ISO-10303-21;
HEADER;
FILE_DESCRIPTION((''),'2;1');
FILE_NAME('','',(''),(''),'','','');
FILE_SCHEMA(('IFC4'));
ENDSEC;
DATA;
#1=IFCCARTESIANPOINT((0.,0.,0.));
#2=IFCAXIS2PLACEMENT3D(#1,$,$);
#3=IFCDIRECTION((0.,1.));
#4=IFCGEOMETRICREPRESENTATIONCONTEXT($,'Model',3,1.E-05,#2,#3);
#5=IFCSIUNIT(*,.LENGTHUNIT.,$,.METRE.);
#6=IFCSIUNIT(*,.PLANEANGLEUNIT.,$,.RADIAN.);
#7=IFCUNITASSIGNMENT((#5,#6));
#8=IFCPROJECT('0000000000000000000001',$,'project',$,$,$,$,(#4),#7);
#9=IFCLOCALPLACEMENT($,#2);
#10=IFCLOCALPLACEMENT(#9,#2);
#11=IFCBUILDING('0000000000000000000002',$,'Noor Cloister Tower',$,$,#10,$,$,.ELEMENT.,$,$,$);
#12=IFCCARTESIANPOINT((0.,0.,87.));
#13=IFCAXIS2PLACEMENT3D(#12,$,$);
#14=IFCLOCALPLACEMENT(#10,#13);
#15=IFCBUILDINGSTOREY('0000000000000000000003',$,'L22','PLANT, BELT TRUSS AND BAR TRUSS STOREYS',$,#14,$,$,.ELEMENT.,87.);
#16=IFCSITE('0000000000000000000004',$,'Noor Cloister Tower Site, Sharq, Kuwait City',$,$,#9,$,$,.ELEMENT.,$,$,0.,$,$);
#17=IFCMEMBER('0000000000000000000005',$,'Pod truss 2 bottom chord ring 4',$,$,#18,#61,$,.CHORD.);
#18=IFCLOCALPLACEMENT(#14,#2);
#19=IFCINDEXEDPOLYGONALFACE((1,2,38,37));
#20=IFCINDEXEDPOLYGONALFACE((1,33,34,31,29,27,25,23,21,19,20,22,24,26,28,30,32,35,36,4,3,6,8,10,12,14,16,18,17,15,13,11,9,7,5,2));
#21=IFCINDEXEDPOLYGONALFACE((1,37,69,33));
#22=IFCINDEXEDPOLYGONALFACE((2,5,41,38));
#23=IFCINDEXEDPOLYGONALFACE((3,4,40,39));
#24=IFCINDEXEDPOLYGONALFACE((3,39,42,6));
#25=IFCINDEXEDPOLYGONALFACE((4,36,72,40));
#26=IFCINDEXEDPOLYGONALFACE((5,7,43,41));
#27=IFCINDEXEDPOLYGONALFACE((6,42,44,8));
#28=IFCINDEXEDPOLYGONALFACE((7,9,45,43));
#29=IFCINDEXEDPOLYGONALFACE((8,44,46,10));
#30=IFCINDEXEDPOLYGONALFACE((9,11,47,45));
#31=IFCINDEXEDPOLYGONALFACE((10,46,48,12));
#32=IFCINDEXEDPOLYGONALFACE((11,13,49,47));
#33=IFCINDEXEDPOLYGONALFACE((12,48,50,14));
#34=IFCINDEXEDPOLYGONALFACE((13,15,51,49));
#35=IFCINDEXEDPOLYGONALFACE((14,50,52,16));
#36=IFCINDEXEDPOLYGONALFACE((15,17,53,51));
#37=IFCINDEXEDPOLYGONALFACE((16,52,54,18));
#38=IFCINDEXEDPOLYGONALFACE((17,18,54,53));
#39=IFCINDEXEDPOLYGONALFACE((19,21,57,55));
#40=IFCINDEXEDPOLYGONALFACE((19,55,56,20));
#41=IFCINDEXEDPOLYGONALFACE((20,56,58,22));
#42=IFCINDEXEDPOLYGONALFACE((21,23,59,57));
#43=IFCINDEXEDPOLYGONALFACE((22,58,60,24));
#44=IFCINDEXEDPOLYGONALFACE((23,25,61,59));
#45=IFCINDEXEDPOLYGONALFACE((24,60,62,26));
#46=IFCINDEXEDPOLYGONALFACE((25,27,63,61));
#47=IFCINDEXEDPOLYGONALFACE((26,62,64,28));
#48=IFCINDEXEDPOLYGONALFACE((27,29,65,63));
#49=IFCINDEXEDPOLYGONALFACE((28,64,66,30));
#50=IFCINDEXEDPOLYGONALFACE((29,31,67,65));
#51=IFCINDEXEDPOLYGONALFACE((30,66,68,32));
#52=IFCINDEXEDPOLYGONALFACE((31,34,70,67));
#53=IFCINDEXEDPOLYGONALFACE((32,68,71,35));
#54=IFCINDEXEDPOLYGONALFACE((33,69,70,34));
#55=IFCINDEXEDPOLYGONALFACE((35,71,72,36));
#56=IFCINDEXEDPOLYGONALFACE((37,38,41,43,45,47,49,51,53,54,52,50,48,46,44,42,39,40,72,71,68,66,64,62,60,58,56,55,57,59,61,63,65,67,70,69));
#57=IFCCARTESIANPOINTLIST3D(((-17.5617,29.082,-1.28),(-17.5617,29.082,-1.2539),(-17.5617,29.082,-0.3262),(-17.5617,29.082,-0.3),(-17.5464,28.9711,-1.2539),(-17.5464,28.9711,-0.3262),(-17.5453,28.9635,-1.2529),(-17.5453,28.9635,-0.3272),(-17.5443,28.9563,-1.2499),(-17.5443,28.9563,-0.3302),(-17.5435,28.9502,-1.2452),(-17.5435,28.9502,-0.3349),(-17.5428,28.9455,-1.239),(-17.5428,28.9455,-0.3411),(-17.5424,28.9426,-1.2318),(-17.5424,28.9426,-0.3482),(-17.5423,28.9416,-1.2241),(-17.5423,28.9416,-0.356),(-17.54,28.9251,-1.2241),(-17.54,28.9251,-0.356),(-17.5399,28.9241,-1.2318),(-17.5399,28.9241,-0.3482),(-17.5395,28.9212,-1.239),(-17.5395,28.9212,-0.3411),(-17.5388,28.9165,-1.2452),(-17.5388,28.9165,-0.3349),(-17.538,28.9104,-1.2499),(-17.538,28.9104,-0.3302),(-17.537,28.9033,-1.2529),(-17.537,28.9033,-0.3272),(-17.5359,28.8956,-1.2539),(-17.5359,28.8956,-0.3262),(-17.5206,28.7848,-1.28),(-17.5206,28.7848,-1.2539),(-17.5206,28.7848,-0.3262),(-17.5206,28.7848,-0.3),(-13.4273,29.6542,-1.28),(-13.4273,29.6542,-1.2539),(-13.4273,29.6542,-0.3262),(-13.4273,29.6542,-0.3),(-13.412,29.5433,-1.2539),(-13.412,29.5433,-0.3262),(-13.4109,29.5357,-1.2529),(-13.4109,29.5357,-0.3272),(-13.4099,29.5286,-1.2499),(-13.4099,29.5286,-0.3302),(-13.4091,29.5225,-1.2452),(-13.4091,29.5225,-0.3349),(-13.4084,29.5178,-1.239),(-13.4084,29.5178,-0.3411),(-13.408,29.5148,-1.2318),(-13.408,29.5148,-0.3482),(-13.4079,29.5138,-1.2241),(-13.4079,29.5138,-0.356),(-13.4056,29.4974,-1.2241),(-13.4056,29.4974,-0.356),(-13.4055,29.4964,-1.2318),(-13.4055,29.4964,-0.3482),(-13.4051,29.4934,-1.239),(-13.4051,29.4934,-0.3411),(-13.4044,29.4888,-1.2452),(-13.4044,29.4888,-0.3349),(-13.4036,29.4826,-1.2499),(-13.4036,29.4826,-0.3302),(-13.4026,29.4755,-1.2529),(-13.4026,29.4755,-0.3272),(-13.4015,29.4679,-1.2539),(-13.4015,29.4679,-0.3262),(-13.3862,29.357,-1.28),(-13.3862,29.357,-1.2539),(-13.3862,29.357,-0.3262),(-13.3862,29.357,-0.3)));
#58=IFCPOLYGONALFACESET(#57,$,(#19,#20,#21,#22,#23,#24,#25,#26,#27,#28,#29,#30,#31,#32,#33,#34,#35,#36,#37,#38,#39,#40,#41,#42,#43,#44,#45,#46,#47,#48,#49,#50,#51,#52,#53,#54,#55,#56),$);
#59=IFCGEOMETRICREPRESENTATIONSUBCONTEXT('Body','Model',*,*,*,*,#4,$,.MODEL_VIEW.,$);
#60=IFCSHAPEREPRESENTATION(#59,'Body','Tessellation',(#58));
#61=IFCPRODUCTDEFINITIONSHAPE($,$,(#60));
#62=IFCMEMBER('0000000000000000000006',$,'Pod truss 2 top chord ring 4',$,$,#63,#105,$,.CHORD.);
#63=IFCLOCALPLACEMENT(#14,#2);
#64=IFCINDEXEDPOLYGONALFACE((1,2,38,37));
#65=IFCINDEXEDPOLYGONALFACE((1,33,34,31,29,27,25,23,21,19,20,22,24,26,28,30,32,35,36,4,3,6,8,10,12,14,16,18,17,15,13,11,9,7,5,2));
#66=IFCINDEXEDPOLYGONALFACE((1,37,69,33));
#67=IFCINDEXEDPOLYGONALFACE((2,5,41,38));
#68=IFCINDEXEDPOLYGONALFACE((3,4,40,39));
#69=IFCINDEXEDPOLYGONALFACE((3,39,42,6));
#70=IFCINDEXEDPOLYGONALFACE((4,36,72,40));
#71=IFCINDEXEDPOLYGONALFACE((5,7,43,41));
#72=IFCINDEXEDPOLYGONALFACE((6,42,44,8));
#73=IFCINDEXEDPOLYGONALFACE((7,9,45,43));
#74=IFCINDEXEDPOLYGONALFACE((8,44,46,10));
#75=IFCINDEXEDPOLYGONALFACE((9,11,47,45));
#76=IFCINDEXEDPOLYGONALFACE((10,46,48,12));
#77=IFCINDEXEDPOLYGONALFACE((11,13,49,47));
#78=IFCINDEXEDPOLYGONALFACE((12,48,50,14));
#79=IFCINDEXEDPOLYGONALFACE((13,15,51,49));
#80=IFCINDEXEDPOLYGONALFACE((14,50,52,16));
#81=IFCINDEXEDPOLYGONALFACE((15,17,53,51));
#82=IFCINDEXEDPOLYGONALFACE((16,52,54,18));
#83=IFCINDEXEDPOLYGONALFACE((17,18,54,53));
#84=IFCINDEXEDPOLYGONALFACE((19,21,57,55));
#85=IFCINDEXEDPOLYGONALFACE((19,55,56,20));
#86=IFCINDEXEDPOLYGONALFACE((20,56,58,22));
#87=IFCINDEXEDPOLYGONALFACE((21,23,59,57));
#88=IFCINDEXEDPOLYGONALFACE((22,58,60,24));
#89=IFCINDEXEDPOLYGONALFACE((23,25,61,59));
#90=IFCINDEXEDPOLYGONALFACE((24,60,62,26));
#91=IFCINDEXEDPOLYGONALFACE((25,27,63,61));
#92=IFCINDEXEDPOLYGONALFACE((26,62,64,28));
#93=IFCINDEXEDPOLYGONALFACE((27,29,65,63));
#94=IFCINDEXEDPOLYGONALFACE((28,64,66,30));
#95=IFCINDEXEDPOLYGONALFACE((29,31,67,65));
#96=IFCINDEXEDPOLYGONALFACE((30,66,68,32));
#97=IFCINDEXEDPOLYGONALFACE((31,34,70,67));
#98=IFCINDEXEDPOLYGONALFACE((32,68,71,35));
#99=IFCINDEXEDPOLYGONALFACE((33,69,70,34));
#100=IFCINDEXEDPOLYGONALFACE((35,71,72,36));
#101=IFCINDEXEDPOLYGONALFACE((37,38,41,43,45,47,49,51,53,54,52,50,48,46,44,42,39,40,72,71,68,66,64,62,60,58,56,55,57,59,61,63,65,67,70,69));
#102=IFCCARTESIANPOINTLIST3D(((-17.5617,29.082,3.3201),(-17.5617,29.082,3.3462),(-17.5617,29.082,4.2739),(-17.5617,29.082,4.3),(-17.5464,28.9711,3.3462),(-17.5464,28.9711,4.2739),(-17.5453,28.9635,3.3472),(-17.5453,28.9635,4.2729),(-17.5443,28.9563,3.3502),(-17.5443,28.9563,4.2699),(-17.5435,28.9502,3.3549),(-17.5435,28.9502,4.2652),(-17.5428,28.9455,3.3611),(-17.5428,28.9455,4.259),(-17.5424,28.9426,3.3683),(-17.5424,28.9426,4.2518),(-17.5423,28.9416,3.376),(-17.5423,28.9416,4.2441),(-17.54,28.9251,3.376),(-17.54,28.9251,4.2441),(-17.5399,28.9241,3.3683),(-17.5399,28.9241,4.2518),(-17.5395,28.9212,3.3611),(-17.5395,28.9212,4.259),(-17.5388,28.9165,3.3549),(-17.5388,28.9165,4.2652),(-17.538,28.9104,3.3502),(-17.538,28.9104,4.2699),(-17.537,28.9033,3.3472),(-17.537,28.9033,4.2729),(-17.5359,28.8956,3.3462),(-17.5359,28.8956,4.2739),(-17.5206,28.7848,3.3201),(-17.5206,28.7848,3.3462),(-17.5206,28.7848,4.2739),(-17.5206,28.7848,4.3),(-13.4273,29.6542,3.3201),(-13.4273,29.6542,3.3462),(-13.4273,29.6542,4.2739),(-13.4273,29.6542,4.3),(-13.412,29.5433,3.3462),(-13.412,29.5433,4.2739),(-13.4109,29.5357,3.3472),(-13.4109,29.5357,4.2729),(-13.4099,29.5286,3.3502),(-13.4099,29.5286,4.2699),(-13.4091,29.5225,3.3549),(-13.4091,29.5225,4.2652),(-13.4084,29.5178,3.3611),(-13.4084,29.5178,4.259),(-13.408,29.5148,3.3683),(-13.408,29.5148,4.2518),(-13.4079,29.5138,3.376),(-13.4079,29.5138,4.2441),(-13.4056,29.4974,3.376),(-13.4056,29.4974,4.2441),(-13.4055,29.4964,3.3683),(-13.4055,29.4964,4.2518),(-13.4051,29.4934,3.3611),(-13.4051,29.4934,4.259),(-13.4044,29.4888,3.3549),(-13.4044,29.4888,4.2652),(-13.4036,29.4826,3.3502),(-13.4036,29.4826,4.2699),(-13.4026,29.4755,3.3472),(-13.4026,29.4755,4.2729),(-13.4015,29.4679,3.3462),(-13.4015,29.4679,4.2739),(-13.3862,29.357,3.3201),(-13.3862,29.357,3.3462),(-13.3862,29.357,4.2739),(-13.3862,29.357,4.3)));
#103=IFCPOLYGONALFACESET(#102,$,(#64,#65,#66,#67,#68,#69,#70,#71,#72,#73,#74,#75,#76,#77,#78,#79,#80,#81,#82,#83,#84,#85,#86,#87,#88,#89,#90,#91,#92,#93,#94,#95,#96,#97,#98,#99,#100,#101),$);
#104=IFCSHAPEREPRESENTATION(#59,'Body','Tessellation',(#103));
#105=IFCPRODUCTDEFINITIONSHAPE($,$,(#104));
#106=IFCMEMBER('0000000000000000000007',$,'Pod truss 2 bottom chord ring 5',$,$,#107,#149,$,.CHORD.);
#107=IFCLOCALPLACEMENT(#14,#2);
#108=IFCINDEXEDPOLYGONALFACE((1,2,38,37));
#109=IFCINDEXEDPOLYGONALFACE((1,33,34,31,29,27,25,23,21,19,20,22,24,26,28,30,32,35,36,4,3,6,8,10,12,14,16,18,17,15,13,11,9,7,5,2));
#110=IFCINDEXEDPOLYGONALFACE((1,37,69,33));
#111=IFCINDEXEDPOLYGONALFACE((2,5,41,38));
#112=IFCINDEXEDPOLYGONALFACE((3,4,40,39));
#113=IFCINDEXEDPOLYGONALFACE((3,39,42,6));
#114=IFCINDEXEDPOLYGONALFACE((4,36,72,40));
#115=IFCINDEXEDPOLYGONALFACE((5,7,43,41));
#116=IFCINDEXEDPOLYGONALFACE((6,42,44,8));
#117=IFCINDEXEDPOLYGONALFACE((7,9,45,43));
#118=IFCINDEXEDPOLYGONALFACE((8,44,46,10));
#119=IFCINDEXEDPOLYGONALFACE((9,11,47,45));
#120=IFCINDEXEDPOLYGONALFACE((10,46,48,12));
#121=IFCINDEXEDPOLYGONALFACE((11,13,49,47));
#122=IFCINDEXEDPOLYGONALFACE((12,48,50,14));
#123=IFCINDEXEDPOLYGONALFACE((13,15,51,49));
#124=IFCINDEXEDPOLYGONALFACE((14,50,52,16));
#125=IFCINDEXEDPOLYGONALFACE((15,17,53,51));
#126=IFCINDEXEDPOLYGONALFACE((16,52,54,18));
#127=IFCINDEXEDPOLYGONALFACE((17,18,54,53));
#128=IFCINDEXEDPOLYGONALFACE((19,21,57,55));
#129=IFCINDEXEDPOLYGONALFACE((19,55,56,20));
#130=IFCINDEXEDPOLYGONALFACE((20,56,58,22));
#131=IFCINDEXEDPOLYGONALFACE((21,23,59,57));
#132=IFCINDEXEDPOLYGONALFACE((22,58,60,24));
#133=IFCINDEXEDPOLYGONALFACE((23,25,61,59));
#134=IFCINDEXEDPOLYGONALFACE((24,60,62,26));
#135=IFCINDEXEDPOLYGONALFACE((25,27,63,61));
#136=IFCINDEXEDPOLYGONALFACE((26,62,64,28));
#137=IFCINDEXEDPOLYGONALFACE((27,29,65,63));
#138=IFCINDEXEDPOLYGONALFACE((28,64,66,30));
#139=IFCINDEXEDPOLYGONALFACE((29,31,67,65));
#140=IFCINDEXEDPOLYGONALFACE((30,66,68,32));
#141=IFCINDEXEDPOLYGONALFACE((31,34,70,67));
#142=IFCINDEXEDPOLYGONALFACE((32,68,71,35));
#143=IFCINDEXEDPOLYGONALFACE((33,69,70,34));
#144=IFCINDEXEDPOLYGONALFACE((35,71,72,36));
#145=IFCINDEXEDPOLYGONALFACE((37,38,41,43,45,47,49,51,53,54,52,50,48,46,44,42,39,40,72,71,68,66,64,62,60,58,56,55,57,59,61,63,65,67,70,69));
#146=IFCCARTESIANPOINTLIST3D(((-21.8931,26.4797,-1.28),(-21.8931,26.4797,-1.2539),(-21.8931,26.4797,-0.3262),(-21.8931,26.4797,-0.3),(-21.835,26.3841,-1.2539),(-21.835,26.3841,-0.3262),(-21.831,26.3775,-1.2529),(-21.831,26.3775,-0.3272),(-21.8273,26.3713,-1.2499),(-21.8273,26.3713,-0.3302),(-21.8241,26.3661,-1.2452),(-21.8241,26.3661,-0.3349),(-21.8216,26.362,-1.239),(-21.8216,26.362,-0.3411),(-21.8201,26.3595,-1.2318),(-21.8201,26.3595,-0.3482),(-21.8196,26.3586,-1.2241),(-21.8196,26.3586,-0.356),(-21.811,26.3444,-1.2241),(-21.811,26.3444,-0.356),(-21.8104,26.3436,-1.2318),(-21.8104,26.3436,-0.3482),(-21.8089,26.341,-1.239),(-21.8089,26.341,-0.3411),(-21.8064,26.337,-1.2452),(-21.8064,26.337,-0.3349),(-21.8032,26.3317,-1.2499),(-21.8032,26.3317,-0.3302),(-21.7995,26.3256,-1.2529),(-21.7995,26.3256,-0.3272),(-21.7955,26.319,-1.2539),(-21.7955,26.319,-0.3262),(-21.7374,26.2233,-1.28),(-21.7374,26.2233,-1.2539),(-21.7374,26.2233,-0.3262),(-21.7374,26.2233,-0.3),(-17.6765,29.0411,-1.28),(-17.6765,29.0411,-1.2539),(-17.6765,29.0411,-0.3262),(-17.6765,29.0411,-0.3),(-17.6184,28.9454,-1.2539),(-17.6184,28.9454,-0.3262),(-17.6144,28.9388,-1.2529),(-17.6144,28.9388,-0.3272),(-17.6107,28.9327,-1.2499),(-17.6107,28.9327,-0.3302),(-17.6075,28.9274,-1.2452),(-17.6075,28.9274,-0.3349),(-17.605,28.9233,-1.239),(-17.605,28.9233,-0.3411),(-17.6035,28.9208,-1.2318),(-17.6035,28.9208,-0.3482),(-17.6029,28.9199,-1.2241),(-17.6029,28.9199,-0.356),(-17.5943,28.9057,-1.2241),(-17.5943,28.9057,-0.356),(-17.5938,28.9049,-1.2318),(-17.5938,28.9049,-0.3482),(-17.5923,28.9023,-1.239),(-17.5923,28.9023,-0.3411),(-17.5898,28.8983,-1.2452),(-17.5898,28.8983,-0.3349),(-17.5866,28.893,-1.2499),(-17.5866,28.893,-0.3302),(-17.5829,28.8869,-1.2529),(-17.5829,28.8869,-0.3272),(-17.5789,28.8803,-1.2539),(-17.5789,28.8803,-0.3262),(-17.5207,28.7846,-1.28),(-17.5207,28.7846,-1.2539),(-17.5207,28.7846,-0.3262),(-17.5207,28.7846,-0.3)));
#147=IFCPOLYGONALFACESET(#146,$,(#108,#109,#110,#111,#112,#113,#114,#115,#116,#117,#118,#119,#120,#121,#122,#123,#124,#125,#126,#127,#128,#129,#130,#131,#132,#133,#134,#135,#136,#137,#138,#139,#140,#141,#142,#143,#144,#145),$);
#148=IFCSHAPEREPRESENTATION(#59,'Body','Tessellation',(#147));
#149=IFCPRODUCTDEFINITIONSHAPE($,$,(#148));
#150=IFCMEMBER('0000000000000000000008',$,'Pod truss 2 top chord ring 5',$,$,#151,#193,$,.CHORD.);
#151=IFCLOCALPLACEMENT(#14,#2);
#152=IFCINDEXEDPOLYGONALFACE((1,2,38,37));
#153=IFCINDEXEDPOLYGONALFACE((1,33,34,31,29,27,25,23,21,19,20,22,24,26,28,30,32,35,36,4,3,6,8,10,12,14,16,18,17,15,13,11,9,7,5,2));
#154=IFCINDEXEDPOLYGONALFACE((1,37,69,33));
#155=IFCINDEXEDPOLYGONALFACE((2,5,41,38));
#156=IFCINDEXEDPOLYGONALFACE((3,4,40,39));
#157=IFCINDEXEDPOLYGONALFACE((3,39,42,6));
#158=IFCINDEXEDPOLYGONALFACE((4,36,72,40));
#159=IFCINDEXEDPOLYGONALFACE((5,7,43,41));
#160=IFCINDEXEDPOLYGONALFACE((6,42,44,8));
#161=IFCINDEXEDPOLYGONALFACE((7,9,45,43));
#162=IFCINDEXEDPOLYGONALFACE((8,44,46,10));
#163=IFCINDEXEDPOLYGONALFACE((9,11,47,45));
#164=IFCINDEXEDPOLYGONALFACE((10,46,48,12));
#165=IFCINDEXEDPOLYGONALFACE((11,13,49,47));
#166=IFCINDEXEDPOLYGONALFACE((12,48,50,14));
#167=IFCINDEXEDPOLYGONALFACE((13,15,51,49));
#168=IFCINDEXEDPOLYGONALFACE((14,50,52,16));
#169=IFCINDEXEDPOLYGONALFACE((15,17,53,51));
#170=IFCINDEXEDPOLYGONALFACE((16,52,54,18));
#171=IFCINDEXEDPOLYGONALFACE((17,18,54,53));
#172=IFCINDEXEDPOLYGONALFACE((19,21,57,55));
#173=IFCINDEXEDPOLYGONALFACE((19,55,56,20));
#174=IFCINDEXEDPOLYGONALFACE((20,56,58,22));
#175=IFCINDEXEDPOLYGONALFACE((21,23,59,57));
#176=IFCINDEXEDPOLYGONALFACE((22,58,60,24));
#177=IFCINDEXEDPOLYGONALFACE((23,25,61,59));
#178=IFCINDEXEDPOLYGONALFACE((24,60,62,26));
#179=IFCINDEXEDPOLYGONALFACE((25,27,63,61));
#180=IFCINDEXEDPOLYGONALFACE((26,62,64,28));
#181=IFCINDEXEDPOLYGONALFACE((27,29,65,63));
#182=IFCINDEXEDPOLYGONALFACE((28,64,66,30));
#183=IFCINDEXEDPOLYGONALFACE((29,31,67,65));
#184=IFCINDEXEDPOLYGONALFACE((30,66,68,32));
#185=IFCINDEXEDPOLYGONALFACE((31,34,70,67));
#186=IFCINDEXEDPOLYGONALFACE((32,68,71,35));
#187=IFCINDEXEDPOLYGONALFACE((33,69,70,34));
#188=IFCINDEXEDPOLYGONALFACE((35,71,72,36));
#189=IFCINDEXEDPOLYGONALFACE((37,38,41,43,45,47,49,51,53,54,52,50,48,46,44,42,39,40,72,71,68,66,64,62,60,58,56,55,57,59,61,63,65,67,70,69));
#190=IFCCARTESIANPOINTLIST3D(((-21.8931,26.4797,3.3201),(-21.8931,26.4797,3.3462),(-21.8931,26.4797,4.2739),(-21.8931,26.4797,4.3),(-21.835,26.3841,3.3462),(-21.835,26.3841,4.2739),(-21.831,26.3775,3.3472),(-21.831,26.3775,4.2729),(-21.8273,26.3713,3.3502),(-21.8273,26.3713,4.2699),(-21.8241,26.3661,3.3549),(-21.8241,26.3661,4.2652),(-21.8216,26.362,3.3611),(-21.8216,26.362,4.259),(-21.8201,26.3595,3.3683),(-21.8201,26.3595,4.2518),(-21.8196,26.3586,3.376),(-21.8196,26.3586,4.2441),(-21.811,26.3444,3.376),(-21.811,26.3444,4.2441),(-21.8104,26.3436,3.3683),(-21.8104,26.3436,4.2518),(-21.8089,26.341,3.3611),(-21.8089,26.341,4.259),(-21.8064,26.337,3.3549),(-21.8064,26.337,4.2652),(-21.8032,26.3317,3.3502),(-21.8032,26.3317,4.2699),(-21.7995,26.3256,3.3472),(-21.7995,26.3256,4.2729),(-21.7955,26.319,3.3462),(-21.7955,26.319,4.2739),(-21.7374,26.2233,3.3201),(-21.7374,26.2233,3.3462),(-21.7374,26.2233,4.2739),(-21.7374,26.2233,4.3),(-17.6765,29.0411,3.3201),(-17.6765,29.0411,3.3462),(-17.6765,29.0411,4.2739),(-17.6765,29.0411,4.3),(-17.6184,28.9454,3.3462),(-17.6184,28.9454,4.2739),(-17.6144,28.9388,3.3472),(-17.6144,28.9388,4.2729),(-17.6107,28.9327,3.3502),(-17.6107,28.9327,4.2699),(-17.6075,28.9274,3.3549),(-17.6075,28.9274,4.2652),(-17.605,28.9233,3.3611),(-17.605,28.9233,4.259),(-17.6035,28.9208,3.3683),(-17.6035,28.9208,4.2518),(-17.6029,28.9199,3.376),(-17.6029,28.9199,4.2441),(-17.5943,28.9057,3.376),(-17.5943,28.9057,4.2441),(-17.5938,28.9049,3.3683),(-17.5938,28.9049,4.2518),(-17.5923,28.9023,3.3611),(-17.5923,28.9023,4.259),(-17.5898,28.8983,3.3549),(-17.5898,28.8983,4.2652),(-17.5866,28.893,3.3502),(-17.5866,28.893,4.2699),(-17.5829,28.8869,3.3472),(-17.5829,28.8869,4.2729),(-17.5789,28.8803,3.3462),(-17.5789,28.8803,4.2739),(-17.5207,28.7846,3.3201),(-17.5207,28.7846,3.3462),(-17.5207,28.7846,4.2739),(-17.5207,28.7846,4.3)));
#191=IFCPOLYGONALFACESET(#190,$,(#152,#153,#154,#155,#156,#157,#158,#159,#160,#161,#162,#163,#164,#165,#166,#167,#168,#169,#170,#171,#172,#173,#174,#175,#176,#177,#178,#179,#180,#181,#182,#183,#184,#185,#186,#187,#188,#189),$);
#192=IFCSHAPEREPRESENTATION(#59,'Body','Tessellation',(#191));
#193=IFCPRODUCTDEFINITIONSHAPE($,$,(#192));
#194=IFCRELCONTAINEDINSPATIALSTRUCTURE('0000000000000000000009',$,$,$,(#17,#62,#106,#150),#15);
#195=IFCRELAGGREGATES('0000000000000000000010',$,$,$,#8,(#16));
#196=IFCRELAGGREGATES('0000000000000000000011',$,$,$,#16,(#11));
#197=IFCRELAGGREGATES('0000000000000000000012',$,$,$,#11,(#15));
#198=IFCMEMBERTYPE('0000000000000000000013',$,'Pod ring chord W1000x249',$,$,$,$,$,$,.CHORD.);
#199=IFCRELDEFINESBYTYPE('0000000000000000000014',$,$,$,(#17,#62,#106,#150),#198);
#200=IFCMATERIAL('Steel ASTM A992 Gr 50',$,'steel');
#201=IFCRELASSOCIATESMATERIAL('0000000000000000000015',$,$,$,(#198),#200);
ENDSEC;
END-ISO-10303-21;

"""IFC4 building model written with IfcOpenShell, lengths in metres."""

from ifc_helpers import new_model, si_unit, direction, frame, origin, origin_2d, place, context, subcontext, project, spatial, i_section, extrude, material, material_profile, profile_set, type_object, element, save


model = new_model("IFC4")

# Units and contexts
model_context = context("Model", 3, precision=1e-05, world=origin(), true_north=direction((0.0, 1.0)))
body_context = subcontext(model_context, "Body", "Model", "MODEL_VIEW")
ifc_project = project(units=[si_unit("LENGTHUNIT", "METRE"), si_unit("PLANEANGLEUNIT", "RADIAN")], contexts=[model_context])

# Site, building, storey
site_placement = place(None, origin())
site = spatial("IfcSite", under=ifc_project, at=site_placement, Name="Noor Cloister Tower Site, Sharq, Kuwait City", CompositionType="ELEMENT", RefElevation=0.0)
building_placement = place(site_placement, origin())
building = spatial("IfcBuilding", under=site, at=building_placement, Name="Noor Cloister Tower", CompositionType="ELEMENT")
storey_placement = place(building_placement, frame((0.0, 0.0, 87.0)))
storey = spatial("IfcBuildingStorey", under=building, at=storey_placement, Name="L22", Description="PLANT, BELT TRUSS AND BAR TRUSS STOREYS", CompositionType="ELEMENT", Elevation=87.0)

# Members
ifc_material_1 = material(Name="Steel ASTM A992 Gr 50", Category="steel")
ifc_material_profile_1 = material_profile(ifc_material_1, i_section(OverallWidth=0.3, OverallDepth=0.98, WebThickness=0.0166, FlangeThickness=0.0261, FilletRadius=0.0298, at=origin_2d()), Name="W1000x249")
ifc_profile_set_1 = profile_set([ifc_material_profile_1], Name="Steel ASTM A992 Gr 50")
member_type_1 = type_object("IfcMemberType", Name="Pod ring chord W1000x249", PredefinedType="CHORD", material=ifc_profile_set_1)
for number, where, z_axis, x_axis, name in (
    (1, (-13.4067, 29.5056, -0.79), (-0.990557, -0.137104, 0.0), (0.137104, -0.990557, 0.0), "Pod truss 2 bottom chord ring 4"),
    (2, (-13.4067, 29.5056, 3.8101), (-0.990557, -0.137104, 0.0), (0.137104, -0.990557, 0.0), "Pod truss 2 top chord ring 4"),
):
    element("IfcMember", number, at=place(storey_placement, frame(where, z_axis=z_axis, x_axis=x_axis)), inside=storey, type_object=member_type_1, Name=name, PredefinedType="CHORD", context=body_context, shape_type="SweptSolid", body=[
        extrude(i_section(OverallWidth=0.3, OverallDepth=0.98, WebThickness=0.0166, FlangeThickness=0.0261, FilletRadius=0.0298, at=origin_2d()), origin(), (0.0, 0.0, 1.0), 4.1738),
    ])
for number, where, z_axis, x_axis, name in (
    (3, (-17.5986, 28.9128, -0.79), (-0.854677, -0.51916, 0.0), (0.51916, -0.854677, 0.0), "Pod truss 2 bottom chord ring 5"),
    (4, (-17.5986, 28.9128, 3.8101), (-0.854677, -0.51916, 0.0), (0.51916, -0.854677, 0.0), "Pod truss 2 top chord ring 5"),
):
    element("IfcMember", number, at=place(storey_placement, frame(where, z_axis=z_axis, x_axis=x_axis)), inside=storey, type_object=member_type_1, Name=name, PredefinedType="CHORD", context=body_context, shape_type="SweptSolid", body=[
        extrude(i_section(OverallWidth=0.3, OverallDepth=0.98, WebThickness=0.0166, FlangeThickness=0.0261, FilletRadius=0.0298, at=origin_2d()), origin(), (0.0, 0.0, 1.0), 4.9336),
    ])

save(model, "model.ifc")
